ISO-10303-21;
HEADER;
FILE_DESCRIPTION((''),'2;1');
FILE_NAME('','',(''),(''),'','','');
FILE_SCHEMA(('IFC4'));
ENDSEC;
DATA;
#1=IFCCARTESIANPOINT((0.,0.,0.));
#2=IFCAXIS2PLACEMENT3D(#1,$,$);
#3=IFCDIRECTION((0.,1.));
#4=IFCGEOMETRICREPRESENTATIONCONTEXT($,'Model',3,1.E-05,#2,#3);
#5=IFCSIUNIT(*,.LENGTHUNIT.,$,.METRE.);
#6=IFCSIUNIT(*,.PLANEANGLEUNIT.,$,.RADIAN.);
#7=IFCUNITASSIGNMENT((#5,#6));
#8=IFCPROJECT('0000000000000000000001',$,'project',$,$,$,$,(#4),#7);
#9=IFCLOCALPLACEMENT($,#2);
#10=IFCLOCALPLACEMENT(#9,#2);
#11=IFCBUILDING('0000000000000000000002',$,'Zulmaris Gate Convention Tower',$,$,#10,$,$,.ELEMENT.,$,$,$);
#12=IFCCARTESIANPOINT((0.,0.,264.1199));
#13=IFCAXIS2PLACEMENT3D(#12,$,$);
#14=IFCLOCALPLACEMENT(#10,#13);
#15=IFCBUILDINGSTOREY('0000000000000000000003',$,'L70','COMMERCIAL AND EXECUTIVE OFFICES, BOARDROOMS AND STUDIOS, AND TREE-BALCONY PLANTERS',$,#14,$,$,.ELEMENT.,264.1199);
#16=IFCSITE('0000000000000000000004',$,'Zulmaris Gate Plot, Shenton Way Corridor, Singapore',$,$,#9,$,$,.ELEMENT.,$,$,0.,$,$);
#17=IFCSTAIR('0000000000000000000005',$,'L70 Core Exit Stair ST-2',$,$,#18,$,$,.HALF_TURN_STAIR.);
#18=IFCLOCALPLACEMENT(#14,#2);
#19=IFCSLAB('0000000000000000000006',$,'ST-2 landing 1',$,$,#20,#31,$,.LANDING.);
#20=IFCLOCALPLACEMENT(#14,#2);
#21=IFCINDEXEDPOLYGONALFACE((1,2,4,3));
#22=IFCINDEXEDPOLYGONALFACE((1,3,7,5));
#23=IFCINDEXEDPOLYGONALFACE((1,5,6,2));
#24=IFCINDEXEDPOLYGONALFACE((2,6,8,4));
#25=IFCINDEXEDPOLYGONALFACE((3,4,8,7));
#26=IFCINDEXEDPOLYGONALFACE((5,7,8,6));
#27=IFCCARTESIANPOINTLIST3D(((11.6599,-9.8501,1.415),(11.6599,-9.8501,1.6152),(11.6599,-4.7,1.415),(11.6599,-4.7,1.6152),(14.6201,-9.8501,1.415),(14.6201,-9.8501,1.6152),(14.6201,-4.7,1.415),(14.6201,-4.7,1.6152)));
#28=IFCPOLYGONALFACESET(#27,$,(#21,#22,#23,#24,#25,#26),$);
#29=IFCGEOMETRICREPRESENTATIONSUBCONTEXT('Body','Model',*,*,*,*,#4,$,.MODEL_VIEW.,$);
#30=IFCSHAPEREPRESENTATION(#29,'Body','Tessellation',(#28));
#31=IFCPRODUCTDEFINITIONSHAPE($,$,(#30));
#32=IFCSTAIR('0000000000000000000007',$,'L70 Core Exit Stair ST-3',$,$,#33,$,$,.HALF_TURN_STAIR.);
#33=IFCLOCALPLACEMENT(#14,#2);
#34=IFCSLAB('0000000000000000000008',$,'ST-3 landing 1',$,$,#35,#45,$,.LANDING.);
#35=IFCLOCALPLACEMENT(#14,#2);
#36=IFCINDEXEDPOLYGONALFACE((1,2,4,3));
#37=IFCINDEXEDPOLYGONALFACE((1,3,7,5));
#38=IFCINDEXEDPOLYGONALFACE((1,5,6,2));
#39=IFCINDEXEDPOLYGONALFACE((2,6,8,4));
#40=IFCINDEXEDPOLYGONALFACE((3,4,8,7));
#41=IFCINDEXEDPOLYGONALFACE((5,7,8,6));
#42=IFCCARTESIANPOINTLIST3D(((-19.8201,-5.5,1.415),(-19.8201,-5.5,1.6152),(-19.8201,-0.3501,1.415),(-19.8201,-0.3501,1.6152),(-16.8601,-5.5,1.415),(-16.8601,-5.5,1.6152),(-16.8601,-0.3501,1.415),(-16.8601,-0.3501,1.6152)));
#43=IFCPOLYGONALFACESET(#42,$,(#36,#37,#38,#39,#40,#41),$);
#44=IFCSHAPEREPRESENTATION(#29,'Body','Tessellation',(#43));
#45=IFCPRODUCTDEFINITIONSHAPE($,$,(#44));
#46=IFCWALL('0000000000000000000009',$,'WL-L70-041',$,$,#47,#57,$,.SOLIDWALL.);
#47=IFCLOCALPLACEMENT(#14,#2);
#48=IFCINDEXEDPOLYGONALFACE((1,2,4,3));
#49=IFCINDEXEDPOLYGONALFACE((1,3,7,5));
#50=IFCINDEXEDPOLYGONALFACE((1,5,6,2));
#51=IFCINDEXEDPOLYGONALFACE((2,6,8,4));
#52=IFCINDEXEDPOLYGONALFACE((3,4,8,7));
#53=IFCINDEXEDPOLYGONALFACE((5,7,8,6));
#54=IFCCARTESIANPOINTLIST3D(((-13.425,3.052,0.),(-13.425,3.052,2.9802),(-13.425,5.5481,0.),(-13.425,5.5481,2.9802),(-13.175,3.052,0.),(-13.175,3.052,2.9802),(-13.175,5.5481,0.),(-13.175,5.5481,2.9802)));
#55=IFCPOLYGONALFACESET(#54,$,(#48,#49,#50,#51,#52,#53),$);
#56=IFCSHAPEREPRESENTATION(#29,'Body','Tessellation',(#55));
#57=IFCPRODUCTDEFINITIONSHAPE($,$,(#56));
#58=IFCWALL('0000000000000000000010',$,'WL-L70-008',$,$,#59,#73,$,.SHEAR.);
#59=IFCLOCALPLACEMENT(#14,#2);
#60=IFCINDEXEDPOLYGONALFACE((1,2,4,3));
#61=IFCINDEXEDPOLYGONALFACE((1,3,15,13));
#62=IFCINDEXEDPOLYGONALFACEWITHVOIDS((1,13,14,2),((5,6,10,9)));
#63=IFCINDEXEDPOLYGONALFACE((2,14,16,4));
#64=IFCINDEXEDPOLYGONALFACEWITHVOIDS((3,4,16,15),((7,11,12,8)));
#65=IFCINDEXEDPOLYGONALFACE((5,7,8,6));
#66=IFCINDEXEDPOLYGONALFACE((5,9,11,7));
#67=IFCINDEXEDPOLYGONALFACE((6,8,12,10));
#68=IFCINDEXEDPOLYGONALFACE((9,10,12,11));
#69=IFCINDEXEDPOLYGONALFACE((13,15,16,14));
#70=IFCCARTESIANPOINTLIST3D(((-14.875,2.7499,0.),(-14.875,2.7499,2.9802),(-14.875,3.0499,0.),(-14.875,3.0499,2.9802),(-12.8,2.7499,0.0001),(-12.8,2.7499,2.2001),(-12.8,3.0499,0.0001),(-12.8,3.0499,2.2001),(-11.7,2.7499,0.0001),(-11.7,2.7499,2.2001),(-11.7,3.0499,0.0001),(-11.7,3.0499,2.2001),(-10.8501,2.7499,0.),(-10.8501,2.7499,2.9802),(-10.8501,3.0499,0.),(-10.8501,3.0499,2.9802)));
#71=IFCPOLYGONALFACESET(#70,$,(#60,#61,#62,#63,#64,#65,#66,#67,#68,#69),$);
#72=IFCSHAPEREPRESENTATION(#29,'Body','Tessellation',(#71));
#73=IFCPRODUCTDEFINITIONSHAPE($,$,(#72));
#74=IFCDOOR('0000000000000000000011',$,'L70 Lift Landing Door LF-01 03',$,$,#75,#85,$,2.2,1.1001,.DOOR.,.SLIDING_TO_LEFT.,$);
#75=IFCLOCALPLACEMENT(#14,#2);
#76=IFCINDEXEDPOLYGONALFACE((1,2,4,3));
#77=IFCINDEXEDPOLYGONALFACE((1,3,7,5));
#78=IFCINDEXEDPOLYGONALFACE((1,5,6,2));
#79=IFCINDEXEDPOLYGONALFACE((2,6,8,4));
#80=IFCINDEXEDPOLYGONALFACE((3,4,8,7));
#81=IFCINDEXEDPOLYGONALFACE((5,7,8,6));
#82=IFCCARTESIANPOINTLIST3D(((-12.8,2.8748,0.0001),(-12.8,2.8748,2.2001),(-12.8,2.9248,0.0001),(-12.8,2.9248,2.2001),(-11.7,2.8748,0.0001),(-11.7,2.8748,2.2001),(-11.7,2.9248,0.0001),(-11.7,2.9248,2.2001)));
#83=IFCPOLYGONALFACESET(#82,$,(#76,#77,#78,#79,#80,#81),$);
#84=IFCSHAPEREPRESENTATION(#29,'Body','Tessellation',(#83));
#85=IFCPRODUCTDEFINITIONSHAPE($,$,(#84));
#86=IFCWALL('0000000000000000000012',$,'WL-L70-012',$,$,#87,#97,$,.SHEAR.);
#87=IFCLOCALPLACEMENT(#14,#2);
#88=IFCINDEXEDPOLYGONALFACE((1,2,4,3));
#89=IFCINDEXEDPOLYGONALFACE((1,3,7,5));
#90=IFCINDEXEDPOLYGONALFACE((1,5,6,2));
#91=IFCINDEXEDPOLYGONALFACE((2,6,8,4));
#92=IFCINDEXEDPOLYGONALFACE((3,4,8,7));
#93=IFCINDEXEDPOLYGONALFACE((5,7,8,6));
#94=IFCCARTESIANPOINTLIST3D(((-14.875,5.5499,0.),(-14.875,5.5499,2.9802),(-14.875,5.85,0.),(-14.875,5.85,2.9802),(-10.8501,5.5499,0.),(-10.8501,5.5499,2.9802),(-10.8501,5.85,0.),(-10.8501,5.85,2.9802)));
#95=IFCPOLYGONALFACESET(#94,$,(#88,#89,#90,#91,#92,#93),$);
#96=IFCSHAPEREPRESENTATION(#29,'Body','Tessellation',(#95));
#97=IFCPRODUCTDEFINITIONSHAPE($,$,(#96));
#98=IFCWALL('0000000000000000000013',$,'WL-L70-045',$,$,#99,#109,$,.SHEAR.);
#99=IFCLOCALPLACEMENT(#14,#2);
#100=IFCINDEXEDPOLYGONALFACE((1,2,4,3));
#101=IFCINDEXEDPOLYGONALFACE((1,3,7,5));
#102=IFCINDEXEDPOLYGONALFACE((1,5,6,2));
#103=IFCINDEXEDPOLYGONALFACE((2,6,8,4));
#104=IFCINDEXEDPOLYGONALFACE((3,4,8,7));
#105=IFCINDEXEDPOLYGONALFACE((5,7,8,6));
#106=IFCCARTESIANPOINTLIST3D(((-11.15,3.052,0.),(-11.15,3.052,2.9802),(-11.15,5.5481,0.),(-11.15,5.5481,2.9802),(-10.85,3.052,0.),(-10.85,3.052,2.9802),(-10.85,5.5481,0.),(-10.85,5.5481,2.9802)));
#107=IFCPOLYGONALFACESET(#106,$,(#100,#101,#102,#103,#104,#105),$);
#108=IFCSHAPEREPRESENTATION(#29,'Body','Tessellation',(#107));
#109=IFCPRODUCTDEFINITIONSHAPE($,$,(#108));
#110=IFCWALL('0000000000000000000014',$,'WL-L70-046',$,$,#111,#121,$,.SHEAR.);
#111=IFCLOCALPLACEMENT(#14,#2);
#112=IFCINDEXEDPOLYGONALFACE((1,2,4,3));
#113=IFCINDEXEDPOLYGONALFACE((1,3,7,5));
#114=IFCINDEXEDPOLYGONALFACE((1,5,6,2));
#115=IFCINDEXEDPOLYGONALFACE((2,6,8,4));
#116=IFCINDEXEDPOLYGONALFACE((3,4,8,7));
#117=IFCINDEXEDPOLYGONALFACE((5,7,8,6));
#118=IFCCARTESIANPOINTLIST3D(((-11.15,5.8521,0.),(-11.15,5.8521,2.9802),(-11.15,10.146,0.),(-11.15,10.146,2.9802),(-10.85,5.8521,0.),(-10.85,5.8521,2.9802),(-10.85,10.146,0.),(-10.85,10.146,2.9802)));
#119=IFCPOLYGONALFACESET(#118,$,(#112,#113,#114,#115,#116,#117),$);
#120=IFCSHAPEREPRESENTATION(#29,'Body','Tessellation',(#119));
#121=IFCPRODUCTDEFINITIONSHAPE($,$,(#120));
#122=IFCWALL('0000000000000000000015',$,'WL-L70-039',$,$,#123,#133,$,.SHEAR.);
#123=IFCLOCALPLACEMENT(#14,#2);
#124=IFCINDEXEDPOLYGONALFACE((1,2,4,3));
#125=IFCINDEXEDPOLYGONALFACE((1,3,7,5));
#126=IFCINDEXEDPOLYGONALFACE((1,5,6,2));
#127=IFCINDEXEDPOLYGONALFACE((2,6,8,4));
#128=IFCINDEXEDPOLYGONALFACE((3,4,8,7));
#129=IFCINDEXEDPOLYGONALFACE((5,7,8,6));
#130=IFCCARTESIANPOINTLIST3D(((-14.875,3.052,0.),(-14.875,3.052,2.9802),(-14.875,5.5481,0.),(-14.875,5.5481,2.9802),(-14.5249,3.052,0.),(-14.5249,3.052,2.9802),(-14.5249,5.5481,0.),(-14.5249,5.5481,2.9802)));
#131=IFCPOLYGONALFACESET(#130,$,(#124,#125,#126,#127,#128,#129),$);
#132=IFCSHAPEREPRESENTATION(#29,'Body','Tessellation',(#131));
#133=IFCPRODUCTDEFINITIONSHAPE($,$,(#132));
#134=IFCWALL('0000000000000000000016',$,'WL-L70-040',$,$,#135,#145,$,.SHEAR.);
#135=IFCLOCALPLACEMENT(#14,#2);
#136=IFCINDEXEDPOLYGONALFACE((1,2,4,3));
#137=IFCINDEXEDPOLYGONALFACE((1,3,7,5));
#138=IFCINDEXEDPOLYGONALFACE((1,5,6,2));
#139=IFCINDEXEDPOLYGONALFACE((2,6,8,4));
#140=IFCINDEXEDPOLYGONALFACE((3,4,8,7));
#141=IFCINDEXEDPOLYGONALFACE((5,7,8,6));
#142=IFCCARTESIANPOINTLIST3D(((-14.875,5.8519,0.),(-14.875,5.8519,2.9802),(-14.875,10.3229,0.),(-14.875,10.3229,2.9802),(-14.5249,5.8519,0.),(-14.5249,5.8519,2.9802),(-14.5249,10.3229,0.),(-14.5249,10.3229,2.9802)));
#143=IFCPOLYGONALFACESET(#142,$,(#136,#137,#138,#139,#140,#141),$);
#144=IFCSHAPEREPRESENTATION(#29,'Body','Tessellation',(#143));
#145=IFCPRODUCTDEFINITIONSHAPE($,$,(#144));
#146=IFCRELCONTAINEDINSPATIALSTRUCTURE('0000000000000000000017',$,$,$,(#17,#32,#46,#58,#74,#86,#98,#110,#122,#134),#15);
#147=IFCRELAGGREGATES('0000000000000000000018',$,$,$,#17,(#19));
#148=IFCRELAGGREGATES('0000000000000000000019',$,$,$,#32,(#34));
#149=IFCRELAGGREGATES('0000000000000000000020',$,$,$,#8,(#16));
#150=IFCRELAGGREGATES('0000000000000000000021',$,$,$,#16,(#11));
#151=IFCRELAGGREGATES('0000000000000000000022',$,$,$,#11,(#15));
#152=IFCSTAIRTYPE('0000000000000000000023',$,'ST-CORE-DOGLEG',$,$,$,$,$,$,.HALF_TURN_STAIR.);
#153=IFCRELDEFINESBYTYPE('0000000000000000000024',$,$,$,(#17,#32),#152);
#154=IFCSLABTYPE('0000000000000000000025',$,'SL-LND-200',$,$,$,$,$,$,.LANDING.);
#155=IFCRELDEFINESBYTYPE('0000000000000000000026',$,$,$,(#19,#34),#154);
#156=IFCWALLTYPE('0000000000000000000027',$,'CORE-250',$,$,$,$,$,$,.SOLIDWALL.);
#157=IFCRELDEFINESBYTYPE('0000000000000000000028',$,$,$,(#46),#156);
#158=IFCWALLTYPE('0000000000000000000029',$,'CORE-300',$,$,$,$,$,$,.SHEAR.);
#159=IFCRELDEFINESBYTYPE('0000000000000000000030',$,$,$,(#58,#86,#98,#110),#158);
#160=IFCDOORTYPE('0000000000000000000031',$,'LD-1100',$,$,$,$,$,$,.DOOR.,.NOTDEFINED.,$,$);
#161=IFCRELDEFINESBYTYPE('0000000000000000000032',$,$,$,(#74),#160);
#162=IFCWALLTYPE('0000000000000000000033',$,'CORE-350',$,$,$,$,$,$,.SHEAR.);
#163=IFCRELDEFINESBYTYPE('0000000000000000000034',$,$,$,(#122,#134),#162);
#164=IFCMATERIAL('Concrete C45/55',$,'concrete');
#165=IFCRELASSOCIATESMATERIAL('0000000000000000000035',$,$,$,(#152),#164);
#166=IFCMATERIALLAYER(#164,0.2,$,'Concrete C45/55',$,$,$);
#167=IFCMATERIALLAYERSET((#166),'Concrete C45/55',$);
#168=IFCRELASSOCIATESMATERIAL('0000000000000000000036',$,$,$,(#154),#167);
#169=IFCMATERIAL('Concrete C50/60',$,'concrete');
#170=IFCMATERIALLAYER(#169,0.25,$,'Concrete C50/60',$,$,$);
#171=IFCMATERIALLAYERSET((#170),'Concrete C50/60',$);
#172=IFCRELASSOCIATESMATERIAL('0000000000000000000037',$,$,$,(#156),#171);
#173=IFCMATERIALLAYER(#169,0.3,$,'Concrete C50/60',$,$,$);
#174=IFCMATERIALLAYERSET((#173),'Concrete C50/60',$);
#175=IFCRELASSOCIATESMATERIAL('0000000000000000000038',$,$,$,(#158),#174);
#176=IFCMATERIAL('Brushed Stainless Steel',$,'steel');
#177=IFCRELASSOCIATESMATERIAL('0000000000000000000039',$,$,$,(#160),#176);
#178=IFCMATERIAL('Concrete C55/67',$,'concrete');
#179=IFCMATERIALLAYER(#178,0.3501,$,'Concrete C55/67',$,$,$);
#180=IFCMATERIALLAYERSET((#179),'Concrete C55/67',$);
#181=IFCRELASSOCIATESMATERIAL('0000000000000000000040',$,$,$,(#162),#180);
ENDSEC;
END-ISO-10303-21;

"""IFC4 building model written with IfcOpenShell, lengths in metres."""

from ifc_helpers import new_model, si_unit, direction, frame, frame_2d, origin, place, context, subcontext, project, spatial, polyline, rectangle, outline, extrude, material, layer, layer_set, type_object, element, fill, aggregate, save


model = new_model("IFC4")

# Units and contexts
model_context = context("Model", 3, precision=1e-05, world=origin(), true_north=direction((0.0, 1.0)))
body_context = subcontext(model_context, "Body", "Model", "MODEL_VIEW")
ifc_project = project(units=[si_unit("LENGTHUNIT", "METRE"), si_unit("PLANEANGLEUNIT", "RADIAN")], contexts=[model_context])

# Site, building, storey
site_placement = place(None, origin())
site = spatial("IfcSite", under=ifc_project, at=site_placement, Name="Zulmaris Gate Plot, Shenton Way Corridor, Singapore", CompositionType="ELEMENT", RefElevation=0.0)
building_placement = place(site_placement, origin())
building = spatial("IfcBuilding", under=site, at=building_placement, Name="Zulmaris Gate Convention Tower", CompositionType="ELEMENT")
storey_placement = place(building_placement, frame((0.0, 0.0, 264.1199)))
storey = spatial("IfcBuildingStorey", under=building, at=storey_placement, Name="L70", Description="COMMERCIAL AND EXECUTIVE OFFICES, BOARDROOMS AND STUDIOS, AND TREE-BALCONY PLANTERS", CompositionType="ELEMENT", Elevation=264.1199)

# Shared definitions
ifc_material_1 = material(Name="Concrete C50/60", Category="concrete")

# Stairs, slabs
ifc_material_2 = material(Name="Concrete C45/55", Category="concrete")
stair_type = type_object("IfcStairType", Name="ST-CORE-DOGLEG", PredefinedType="HALF_TURN_STAIR", material=ifc_material_2)
ifc_layer_1 = layer(ifc_material_2, 0.2, Name="Concrete C45/55")
ifc_layer_set_1 = layer_set([ifc_layer_1], Name="Concrete C45/55")
slab_type_1 = type_object("IfcSlabType", Name="SL-LND-200", PredefinedType="LANDING", material=ifc_layer_set_1)
stair_1_placement = place(storey_placement, origin())
stair_1 = element("IfcStair", 1, at=stair_1_placement, inside=storey, type_object=stair_type, Name="L70 Core Exit Stair ST-2", PredefinedType="HALF_TURN_STAIR")
slab_1_placement = place(storey_placement, frame((0.0, 0.0, 1.415)))
slab_1 = element("IfcSlab", 2, at=slab_1_placement, type_object=slab_type_1, Name="ST-2 landing 1", PredefinedType="LANDING", context=body_context, shape_type="SweptSolid", body=[
    extrude(outline(polyline([(11.6599, -4.7), (11.6599, -9.8501), (14.6201, -9.8501), (14.6201, -4.7), (11.6599, -4.7)])), origin(), (0.0, 0.0, 1.0), 0.2002),
])
aggregate(stair_1, [slab_1])
stair_2_placement = place(storey_placement, origin())
stair_2 = element("IfcStair", 3, at=stair_2_placement, inside=storey, type_object=stair_type, Name="L70 Core Exit Stair ST-3", PredefinedType="HALF_TURN_STAIR")
slab_2_placement = place(storey_placement, frame((0.0, 0.0, 1.415)))
slab_2 = element("IfcSlab", 4, at=slab_2_placement, type_object=slab_type_1, Name="ST-3 landing 1", PredefinedType="LANDING", context=body_context, shape_type="SweptSolid", body=[
    extrude(outline(polyline([(-16.8601, -5.5), (-16.8601, -0.3501), (-19.8201, -0.3501), (-19.8201, -5.5), (-16.8601, -5.5)])), origin(), (0.0, 0.0, 1.0), 0.2002),
])
aggregate(stair_2, [slab_2])

# Wall
ifc_layer_2 = layer(ifc_material_1, 0.25, Name="Concrete C50/60")
ifc_layer_set_2 = layer_set([ifc_layer_2], Name="Concrete C50/60")
wall_type_1 = type_object("IfcWallType", Name="CORE-250", PredefinedType="SOLIDWALL", material=ifc_layer_set_2)
wall_1_placement = place(storey_placement, frame((-13.3, 3.052, 0.0), z_axis=(0.0, 0.0, 1.0), x_axis=(0.0, 1.0, 0.0)))
element("IfcWall", 5, at=wall_1_placement, inside=storey, type_object=wall_type_1, Name="WL-L70-041", PredefinedType="SOLIDWALL", context=body_context, shape_type="SweptSolid", body=[
    extrude(rectangle(XDim=2.4961, YDim=0.25, at=frame_2d((1.248, 0.0))), origin(), (0.0, 0.0, 1.0), 2.9802),
])

# Wall, opening, door
ifc_layer_3 = layer(ifc_material_1, 0.3, Name="Concrete C50/60")
ifc_layer_set_3 = layer_set([ifc_layer_3], Name="Concrete C50/60")
wall_type_2 = type_object("IfcWallType", Name="CORE-300", PredefinedType="SHEAR", material=ifc_layer_set_3)
wall_2_placement = place(storey_placement, frame((-14.875, 2.8999, 0.0), z_axis=(0.0, 0.0, 1.0), x_axis=(1.0, 0.0, 0.0)))
wall_2 = element("IfcWall", 6, at=wall_2_placement, inside=storey, type_object=wall_type_2, Name="WL-L70-008", PredefinedType="SHEAR", context=body_context, shape_type="SweptSolid", body=[
    extrude(rectangle(XDim=4.0249, YDim=0.3, at=frame_2d((2.0125, 0.0))), origin(), (0.0, 0.0, 1.0), 2.9802),
])
opening_1_placement = place(wall_2_placement, frame((2.075, 0.0, 0.0)))
opening_1 = element("IfcOpeningElement", 7, at=opening_1_placement, cuts=wall_2, PredefinedType="OPENING", context=body_context, shape_type="SweptSolid", body=[
    extrude(rectangle(XDim=1.1001, YDim=2.2, at=frame_2d((0.55, 1.1001))), frame((0.0, 0.1602, 0.0), z_axis=(0.0, -1.0, 0.0), x_axis=(1.0, 0.0, 0.0)), (0.0, 0.0, 1.0), 0.3201),
])
ifc_material_3 = material(Name="Brushed Stainless Steel", Category="steel")
door_type_1 = type_object("IfcDoorType", Name="LD-1100", OperationType="NOTDEFINED", PredefinedType="DOOR", material=ifc_material_3)
door_1_placement = place(opening_1_placement, origin())
door_1 = element("IfcDoor", 8, at=door_1_placement, inside=storey, type_object=door_type_1, Name="L70 Lift Landing Door LF-01 03", OperationType="SLIDING_TO_LEFT", OverallHeight=2.2, OverallWidth=1.1001, PredefinedType="DOOR", context=body_context, shape_type="SweptSolid", body=[
    extrude(rectangle(XDim=1.1001, YDim=2.2, at=frame_2d((0.55, 1.1001))), frame((0.0, 0.0249, 0.0), z_axis=(0.0, -1.0, 0.0), x_axis=(1.0, 0.0, 0.0)), (0.0, 0.0, 1.0), 0.05),
])
fill(opening_1, door_1)

# Wall
wall_3_placement = place(storey_placement, frame((-14.875, 5.7, 0.0), z_axis=(0.0, 0.0, 1.0), x_axis=(1.0, 0.0, 0.0)))
element("IfcWall", 9, at=wall_3_placement, inside=storey, type_object=wall_type_2, Name="WL-L70-012", PredefinedType="SHEAR", context=body_context, shape_type="SweptSolid", body=[
    extrude(rectangle(XDim=4.0249, YDim=0.3, at=frame_2d((2.0125, 0.0))), origin(), (0.0, 0.0, 1.0), 2.9802),
])

# Walls
wall_4_placement = place(storey_placement, frame((-11.0, 3.052, 0.0), z_axis=(0.0, 0.0, 1.0), x_axis=(0.0, 1.0, 0.0)))
element("IfcWall", 10, at=wall_4_placement, inside=storey, type_object=wall_type_2, Name="WL-L70-045", PredefinedType="SHEAR", context=body_context, shape_type="SweptSolid", body=[
    extrude(rectangle(XDim=2.4961, YDim=0.3, at=frame_2d((1.248, 0.0))), origin(), (0.0, 0.0, 1.0), 2.9802),
])
wall_5_placement = place(storey_placement, frame((-11.0, 5.8521, 0.0), z_axis=(0.0, 0.0, 1.0), x_axis=(0.0, 1.0, 0.0)))
element("IfcWall", 11, at=wall_5_placement, inside=storey, type_object=wall_type_2, Name="WL-L70-046", PredefinedType="SHEAR", context=body_context, shape_type="SweptSolid", body=[
    extrude(rectangle(XDim=4.2939, YDim=0.3, at=frame_2d((2.147, 0.0))), origin(), (0.0, 0.0, 1.0), 2.9802),
])
ifc_material_4 = material(Name="Concrete C55/67", Category="concrete")
ifc_layer_4 = layer(ifc_material_4, 0.3501, Name="Concrete C55/67")
ifc_layer_set_4 = layer_set([ifc_layer_4], Name="Concrete C55/67")
wall_type_3 = type_object("IfcWallType", Name="CORE-350", PredefinedType="SHEAR", material=ifc_layer_set_4)
wall_6_placement = place(storey_placement, frame((-14.7, 3.052, 0.0), z_axis=(0.0, 0.0, 1.0), x_axis=(0.0, 1.0, 0.0)))
element("IfcWall", 12, at=wall_6_placement, inside=storey, type_object=wall_type_3, Name="WL-L70-039", PredefinedType="SHEAR", context=body_context, shape_type="SweptSolid", body=[
    extrude(rectangle(XDim=2.4961, YDim=0.3501, at=frame_2d((1.248, 0.0))), origin(), (0.0, 0.0, 1.0), 2.9802),
])
wall_7_placement = place(storey_placement, frame((-14.7, 5.8521, 0.0), z_axis=(0.0, 0.0, 1.0), x_axis=(0.0, 1.0, 0.0)))
element("IfcWall", 13, at=wall_7_placement, inside=storey, type_object=wall_type_3, Name="WL-L70-040", PredefinedType="SHEAR", context=body_context, shape_type="SweptSolid", body=[
    extrude(rectangle(XDim=4.4709, YDim=0.3501, at=frame_2d((2.2354, 0.0))), origin(), (0.0, 0.0, 1.0), 2.9802),
])

save(model, "model.ifc")
